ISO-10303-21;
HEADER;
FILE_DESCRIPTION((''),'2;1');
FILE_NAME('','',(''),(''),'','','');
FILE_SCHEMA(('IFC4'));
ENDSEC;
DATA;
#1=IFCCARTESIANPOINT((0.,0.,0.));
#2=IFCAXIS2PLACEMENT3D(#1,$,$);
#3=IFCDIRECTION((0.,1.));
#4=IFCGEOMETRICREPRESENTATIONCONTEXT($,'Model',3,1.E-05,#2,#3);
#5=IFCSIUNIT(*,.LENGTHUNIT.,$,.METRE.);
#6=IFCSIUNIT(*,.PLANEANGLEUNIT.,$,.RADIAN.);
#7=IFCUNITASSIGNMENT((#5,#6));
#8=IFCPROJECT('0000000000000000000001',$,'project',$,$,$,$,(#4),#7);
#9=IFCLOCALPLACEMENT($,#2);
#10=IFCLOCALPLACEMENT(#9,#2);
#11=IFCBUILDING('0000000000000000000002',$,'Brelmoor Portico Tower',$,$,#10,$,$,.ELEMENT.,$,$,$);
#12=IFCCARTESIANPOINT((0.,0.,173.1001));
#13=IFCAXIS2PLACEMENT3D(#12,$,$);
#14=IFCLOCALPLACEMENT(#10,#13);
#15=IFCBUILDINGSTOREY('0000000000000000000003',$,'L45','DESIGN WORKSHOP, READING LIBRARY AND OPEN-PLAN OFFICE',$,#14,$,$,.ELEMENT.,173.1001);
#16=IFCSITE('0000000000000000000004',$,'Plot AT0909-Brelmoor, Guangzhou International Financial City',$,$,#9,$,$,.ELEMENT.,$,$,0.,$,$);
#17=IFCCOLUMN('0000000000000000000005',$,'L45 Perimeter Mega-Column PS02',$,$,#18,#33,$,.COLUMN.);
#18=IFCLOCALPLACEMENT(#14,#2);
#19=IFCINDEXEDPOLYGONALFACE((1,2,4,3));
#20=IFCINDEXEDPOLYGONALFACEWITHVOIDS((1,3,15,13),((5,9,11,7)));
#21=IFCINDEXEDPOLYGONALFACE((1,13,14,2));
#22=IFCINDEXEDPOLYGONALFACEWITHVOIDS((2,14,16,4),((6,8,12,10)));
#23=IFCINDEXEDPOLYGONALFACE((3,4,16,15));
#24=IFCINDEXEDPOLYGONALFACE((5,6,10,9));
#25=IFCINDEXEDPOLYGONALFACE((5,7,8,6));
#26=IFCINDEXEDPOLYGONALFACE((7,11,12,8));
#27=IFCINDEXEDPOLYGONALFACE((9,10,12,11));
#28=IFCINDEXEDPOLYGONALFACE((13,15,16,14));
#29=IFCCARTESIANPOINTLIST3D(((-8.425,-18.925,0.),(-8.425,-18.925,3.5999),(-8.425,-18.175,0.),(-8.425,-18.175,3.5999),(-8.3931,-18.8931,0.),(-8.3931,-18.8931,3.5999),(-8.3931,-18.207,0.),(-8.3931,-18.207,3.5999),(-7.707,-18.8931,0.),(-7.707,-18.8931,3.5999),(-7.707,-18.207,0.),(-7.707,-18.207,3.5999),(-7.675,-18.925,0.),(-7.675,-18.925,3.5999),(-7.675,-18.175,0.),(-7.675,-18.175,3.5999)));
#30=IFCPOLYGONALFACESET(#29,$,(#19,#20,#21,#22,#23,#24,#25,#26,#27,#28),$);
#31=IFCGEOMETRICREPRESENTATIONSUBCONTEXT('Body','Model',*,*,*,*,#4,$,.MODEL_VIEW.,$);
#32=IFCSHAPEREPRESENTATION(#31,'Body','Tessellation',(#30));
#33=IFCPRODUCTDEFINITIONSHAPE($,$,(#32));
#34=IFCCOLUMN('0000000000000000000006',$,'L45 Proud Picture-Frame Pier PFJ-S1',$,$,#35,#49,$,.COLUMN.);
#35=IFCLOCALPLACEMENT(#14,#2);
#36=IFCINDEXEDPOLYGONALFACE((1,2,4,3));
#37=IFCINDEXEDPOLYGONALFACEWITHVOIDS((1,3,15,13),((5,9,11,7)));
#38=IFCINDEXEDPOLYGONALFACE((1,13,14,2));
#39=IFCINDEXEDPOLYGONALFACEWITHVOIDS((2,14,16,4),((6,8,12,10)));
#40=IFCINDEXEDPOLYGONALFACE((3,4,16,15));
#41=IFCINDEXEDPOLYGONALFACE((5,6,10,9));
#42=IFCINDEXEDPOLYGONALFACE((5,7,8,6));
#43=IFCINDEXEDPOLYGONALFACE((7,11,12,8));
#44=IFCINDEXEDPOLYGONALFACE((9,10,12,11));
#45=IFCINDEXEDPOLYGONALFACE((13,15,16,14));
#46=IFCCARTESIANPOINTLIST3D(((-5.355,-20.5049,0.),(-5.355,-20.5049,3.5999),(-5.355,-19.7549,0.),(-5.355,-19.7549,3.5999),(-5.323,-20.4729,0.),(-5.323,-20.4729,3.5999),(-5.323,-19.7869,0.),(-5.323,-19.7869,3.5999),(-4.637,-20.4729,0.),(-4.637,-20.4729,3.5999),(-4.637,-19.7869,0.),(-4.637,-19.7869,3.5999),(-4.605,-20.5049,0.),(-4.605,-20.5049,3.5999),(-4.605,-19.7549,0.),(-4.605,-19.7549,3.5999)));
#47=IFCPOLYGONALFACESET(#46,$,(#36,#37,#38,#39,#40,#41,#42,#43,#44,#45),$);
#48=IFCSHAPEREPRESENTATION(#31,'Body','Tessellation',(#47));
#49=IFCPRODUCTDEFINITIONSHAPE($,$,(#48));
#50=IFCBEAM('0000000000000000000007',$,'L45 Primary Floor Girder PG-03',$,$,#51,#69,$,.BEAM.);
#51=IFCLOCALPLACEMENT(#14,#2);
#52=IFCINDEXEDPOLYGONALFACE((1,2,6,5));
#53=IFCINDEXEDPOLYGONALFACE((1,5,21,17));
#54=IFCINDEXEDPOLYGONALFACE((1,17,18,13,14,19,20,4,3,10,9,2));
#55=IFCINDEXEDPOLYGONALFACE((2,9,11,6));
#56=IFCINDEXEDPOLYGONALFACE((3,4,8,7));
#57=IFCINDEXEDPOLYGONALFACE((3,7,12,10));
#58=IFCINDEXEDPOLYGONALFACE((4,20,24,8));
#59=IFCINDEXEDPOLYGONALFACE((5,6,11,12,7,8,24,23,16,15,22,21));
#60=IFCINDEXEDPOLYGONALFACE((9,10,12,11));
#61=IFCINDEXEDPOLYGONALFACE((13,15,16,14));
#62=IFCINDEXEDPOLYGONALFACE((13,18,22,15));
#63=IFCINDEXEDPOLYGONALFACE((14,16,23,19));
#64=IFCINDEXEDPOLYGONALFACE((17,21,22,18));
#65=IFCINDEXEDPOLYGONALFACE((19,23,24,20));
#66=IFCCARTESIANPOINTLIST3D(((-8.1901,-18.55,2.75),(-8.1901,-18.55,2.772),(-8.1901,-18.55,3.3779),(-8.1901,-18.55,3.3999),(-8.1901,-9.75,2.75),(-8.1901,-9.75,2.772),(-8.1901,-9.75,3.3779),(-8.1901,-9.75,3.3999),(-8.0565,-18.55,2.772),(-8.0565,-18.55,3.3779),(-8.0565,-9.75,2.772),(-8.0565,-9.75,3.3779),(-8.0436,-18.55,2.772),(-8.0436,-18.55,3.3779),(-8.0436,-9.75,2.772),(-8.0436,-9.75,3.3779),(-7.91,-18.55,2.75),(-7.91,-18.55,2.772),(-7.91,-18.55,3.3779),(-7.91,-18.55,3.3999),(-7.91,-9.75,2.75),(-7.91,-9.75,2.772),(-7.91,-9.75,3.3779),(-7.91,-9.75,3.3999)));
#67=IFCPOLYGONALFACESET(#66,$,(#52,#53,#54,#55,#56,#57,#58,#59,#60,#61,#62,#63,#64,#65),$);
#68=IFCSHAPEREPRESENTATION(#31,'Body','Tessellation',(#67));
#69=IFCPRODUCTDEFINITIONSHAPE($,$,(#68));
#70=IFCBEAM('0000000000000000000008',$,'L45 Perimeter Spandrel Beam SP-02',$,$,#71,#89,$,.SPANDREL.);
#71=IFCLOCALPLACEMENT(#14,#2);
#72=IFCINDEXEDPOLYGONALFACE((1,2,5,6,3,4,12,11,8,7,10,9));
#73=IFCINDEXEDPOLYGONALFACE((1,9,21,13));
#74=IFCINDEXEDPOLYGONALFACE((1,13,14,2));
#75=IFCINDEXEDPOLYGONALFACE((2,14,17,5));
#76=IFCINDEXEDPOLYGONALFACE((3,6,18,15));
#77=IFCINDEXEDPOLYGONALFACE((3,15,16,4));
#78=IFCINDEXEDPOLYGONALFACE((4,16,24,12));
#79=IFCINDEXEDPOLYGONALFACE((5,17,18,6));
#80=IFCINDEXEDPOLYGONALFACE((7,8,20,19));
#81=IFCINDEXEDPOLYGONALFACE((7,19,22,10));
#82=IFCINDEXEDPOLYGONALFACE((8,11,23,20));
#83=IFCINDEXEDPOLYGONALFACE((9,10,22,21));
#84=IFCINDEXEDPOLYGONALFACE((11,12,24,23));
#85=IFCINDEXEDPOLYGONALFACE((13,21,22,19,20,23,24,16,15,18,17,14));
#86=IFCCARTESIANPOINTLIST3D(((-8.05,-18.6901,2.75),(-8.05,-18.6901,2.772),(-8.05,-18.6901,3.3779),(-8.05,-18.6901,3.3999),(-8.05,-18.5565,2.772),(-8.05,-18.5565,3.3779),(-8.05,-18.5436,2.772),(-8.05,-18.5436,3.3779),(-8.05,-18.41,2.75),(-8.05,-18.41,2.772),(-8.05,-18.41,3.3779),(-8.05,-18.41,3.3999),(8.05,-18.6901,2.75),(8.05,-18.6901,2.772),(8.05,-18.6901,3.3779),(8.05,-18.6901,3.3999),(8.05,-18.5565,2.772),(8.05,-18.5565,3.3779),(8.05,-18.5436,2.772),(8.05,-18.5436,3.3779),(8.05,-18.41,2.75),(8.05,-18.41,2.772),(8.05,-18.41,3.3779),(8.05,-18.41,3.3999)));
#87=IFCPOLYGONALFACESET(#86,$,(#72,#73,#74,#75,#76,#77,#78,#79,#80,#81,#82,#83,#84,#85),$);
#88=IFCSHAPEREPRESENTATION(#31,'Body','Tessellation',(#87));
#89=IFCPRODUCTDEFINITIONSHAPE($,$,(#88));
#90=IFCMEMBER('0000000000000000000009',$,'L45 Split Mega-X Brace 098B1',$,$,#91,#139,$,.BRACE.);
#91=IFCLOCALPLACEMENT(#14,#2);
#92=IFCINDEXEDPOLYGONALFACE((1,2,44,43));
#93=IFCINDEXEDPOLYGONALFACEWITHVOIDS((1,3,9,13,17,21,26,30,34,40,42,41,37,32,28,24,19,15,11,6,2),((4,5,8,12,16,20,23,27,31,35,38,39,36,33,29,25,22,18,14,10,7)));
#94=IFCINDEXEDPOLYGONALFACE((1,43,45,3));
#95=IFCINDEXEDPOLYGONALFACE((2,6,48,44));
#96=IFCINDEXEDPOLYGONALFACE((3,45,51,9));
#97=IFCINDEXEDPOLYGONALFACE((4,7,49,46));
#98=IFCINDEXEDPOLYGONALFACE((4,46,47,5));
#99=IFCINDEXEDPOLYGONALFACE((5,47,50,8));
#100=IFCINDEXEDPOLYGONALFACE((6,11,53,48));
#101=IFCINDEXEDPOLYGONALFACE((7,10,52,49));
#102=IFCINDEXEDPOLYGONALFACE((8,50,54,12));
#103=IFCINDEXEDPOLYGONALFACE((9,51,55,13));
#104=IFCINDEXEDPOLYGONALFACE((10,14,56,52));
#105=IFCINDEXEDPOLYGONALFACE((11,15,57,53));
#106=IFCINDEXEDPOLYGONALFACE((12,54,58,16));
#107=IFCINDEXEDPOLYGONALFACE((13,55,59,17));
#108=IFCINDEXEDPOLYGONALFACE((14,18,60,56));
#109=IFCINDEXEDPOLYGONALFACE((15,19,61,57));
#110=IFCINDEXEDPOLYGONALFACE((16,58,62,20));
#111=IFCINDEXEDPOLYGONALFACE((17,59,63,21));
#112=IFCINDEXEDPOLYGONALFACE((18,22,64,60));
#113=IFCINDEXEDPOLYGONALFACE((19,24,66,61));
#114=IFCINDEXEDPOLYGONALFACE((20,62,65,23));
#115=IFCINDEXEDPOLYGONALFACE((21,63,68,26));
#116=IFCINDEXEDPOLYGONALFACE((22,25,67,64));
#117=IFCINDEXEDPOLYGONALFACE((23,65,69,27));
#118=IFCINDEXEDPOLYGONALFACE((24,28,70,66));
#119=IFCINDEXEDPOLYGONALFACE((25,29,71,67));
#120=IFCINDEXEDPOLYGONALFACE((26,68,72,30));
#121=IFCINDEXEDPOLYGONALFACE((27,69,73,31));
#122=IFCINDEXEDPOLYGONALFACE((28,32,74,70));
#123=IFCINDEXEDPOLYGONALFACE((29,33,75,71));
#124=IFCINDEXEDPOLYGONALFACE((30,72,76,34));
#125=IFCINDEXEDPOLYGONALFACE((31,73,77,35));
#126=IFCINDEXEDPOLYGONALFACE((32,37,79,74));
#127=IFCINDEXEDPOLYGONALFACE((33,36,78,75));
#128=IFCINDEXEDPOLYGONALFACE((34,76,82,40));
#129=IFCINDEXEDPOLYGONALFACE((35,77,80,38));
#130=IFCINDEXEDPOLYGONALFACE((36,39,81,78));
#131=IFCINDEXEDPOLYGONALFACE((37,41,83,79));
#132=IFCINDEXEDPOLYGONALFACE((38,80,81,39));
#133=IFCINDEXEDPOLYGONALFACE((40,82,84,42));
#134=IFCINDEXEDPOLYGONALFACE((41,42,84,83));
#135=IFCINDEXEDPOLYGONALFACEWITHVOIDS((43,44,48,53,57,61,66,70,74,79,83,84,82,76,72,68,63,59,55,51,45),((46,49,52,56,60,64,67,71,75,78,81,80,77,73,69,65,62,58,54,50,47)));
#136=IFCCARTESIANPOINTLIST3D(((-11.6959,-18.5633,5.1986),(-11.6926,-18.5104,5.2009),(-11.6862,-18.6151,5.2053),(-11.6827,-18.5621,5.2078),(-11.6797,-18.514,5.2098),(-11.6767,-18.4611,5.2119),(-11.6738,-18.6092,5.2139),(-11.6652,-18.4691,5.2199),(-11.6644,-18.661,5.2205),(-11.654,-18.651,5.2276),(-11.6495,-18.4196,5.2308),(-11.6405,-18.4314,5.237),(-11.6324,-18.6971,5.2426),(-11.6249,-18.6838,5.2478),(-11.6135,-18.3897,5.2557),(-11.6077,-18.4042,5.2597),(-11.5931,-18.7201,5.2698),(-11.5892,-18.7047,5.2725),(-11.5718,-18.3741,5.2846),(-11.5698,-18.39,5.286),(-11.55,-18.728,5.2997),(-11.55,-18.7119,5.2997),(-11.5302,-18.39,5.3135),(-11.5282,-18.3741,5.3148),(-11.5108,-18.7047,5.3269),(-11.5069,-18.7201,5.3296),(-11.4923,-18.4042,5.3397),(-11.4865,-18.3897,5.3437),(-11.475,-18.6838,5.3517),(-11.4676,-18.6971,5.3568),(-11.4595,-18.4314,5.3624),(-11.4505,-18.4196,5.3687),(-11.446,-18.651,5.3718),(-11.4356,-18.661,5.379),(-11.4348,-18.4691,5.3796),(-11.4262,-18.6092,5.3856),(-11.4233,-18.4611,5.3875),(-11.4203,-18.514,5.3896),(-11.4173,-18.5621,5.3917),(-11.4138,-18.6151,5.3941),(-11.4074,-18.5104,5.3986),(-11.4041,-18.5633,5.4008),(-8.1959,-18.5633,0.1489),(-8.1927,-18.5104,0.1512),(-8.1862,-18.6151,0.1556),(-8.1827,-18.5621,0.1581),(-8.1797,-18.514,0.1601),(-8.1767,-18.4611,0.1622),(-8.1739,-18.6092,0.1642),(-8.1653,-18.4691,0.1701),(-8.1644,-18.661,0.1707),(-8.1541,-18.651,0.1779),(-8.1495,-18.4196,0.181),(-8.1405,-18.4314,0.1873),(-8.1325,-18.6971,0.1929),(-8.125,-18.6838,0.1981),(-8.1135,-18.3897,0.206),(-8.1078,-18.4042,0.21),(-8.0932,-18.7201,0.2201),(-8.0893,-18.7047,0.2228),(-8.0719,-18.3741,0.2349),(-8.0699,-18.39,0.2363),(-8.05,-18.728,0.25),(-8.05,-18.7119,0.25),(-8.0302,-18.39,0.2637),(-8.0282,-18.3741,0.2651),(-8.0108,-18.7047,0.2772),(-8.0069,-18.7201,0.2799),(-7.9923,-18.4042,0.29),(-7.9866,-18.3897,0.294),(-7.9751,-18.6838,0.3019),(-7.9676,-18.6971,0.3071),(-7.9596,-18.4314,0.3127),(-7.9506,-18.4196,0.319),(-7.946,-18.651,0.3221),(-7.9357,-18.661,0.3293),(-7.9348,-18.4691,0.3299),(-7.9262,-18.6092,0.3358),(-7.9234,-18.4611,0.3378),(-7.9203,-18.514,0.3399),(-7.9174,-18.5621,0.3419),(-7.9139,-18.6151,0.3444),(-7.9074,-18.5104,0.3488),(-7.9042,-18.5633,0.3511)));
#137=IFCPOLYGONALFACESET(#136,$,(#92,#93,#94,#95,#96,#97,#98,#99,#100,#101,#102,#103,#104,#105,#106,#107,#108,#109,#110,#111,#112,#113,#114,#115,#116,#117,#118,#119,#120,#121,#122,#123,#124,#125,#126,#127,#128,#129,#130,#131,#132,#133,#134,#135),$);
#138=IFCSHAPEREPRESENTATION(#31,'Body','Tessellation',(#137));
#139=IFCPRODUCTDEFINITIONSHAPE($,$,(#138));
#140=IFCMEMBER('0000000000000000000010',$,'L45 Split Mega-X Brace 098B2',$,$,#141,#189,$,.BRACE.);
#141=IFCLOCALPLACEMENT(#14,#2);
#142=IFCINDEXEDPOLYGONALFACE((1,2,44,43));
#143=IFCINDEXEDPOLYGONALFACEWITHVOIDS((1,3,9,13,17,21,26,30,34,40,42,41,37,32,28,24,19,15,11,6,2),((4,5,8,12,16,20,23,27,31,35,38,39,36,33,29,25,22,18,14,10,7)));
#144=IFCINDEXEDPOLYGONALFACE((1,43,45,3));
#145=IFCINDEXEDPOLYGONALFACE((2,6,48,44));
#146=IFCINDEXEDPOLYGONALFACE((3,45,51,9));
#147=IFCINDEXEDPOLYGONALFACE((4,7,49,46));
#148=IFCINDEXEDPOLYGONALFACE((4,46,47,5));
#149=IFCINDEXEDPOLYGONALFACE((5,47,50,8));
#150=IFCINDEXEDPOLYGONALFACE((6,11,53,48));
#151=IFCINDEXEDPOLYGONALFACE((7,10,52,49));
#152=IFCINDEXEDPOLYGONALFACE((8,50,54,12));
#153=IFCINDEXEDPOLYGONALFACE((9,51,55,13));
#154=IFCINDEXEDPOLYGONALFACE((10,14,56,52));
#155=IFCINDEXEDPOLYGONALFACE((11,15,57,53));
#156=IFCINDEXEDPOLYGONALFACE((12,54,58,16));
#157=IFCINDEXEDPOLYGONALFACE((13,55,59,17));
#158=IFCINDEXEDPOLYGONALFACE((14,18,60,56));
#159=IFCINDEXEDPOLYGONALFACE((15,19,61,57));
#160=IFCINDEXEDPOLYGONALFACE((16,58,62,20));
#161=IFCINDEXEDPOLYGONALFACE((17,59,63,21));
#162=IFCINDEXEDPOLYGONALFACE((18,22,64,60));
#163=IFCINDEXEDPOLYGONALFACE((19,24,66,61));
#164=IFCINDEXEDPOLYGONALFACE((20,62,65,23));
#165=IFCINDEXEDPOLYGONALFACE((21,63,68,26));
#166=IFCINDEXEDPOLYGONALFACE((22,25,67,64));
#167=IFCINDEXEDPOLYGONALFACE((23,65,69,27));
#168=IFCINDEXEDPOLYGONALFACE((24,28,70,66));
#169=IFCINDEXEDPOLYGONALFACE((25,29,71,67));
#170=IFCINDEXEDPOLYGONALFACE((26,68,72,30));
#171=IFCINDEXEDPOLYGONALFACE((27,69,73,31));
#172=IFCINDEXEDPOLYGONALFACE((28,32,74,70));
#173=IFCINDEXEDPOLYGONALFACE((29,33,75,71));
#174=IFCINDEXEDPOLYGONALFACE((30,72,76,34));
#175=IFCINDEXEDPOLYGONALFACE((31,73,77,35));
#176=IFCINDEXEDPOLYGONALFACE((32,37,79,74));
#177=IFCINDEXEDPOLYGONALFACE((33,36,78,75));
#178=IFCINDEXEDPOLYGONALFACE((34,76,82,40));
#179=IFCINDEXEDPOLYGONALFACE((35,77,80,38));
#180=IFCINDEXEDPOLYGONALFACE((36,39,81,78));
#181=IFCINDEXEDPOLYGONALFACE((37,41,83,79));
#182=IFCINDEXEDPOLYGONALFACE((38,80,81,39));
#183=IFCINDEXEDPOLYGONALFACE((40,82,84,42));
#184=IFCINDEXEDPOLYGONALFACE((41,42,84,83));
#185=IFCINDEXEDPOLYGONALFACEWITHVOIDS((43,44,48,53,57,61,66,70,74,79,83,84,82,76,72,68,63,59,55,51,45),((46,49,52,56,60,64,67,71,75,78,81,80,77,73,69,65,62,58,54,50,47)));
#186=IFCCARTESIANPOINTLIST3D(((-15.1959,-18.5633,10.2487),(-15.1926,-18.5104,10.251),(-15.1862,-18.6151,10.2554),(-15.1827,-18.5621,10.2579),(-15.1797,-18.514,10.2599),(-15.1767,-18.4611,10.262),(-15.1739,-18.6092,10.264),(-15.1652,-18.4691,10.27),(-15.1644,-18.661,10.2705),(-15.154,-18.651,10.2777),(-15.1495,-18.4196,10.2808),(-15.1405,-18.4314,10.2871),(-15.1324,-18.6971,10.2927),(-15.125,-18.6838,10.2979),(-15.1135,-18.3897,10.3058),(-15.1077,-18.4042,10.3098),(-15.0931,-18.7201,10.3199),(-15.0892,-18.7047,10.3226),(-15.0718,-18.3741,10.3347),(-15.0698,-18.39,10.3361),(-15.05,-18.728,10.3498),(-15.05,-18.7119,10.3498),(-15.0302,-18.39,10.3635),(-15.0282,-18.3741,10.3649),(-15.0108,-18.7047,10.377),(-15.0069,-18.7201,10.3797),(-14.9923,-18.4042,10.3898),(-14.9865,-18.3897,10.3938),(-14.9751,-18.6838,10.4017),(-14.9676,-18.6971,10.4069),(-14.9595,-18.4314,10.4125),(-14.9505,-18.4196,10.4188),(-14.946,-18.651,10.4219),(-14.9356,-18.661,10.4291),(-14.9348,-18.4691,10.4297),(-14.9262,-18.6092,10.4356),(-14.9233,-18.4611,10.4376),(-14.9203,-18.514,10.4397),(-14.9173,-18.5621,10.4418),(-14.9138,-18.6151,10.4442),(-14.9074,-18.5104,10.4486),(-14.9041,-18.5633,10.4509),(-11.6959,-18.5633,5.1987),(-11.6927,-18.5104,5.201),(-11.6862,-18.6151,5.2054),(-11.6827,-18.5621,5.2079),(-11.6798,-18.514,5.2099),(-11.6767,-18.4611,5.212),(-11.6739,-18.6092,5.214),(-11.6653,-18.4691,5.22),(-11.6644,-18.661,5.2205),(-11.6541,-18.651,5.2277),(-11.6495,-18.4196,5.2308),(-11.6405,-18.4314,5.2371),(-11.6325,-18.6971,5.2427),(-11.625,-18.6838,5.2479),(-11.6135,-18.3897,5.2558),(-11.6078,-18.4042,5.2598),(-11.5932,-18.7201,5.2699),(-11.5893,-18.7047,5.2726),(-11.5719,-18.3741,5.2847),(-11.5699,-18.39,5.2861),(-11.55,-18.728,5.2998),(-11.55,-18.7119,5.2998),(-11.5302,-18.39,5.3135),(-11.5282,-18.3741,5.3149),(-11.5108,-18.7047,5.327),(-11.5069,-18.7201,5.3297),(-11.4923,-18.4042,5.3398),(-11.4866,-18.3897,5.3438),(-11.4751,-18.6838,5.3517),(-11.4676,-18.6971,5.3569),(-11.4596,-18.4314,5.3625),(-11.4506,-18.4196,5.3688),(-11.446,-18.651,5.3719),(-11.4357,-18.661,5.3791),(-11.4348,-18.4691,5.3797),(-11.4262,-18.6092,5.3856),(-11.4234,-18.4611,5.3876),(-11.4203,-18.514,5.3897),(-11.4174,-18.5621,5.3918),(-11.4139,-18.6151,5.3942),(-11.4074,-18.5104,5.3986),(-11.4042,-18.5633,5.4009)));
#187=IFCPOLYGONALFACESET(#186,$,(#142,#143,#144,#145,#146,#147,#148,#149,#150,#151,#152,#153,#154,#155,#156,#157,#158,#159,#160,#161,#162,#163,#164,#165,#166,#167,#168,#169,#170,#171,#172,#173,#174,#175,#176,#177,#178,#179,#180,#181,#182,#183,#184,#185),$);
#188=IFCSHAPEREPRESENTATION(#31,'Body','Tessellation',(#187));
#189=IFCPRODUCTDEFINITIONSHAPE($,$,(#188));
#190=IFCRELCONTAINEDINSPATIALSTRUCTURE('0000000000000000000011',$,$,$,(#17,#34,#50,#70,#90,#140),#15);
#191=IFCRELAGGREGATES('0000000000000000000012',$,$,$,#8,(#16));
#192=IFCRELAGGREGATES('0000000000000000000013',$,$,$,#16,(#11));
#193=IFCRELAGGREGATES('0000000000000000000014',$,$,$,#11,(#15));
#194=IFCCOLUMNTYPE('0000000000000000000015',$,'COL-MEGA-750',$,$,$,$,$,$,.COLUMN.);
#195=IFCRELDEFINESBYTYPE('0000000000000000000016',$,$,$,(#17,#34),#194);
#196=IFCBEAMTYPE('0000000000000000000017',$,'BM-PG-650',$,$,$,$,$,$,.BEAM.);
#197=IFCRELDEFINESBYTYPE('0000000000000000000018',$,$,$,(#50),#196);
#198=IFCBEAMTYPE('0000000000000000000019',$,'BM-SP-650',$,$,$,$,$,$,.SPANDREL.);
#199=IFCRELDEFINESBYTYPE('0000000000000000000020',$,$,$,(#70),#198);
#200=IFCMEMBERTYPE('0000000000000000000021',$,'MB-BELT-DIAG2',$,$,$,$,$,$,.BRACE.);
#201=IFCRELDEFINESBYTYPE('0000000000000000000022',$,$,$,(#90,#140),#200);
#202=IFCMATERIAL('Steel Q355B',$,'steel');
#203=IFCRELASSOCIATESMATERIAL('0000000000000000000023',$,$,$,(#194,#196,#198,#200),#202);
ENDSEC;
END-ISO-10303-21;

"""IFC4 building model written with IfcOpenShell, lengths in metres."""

from ifc_helpers import new_model, si_unit, direction, frame, origin, origin_2d, place, context, subcontext, project, spatial, hollow_rectangle, hollow_circle, i_section, extrude, material, material_profile, profile_set, type_object, element, save


model = new_model("IFC4")

# Units and contexts
model_context = context("Model", 3, precision=1e-05, world=origin(), true_north=direction((0.0, 1.0)))
body_context = subcontext(model_context, "Body", "Model", "MODEL_VIEW")
ifc_project = project(units=[si_unit("LENGTHUNIT", "METRE"), si_unit("PLANEANGLEUNIT", "RADIAN")], contexts=[model_context])

# Site, building, storey
site_placement = place(None, origin())
site = spatial("IfcSite", under=ifc_project, at=site_placement, Name="Plot AT0909-Brelmoor, Guangzhou International Financial City", CompositionType="ELEMENT", RefElevation=0.0)
building_placement = place(site_placement, origin())
building = spatial("IfcBuilding", under=site, at=building_placement, Name="Brelmoor Portico Tower", CompositionType="ELEMENT")
storey_placement = place(building_placement, frame((0.0, 0.0, 173.1001)))
storey = spatial("IfcBuildingStorey", under=building, at=storey_placement, Name="L45", Description="DESIGN WORKSHOP, READING LIBRARY AND OPEN-PLAN OFFICE", CompositionType="ELEMENT", Elevation=173.1001)

# Columns
ifc_material_1 = material(Name="Steel Q355B", Category="steel")
ifc_material_profile_1 = material_profile(ifc_material_1, hollow_rectangle(XDim=0.75, YDim=0.75, WallThickness=0.032, at=origin_2d()), Name="BOX 750x750x32")
ifc_profile_set_1 = profile_set([ifc_material_profile_1], Name="Steel Q355B")
column_type = type_object("IfcColumnType", Name="COL-MEGA-750", PredefinedType="COLUMN", material=ifc_profile_set_1)
for number, where, z_axis, x_axis, name in (
    (1, (-8.05, -18.55, 0.0), (0.0, 0.0, 1.0), (1.0, 0.0, 0.0), "L45 Perimeter Mega-Column PS02"),
    (2, (-4.98, -20.1299, 0.0), (0.0, 0.0, 1.0), (1.0, 0.0, 0.0), "L45 Proud Picture-Frame Pier PFJ-S1"),
):
    element("IfcColumn", number, at=place(storey_placement, frame(where, z_axis=z_axis, x_axis=x_axis)), inside=storey, type_object=column_type, Name=name, PredefinedType="COLUMN", context=body_context, shape_type="SweptSolid", body=[
        extrude(hollow_rectangle(XDim=0.75, YDim=0.75, WallThickness=0.032, at=origin_2d()), origin(), (0.0, 0.0, 1.0), 3.5999),
    ])

# Beams
ifc_material_profile_2 = material_profile(ifc_material_1, i_section(OverallWidth=0.28, OverallDepth=0.6499, WebThickness=0.0129, FlangeThickness=0.022, at=origin_2d()), Name="HN 650x280x13x22")
ifc_profile_set_2 = profile_set([ifc_material_profile_2], Name="Steel Q355B")
beam_type_1 = type_object("IfcBeamType", Name="BM-PG-650", PredefinedType="BEAM", material=ifc_profile_set_2)
beam_1_placement = place(storey_placement, frame((-8.05, -18.55, 3.075), z_axis=(0.0, 1.0, 0.0), x_axis=(-1.0, 0.0, 0.0)))
element("IfcBeam", 3, at=beam_1_placement, inside=storey, type_object=beam_type_1, Name="L45 Primary Floor Girder PG-03", PredefinedType="BEAM", context=body_context, shape_type="SweptSolid", body=[
    extrude(i_section(OverallWidth=0.28, OverallDepth=0.6499, WebThickness=0.0129, FlangeThickness=0.022, at=origin_2d()), origin(), (0.0, 0.0, 1.0), 8.8),
])
ifc_material_profile_3 = material_profile(ifc_material_1, i_section(OverallWidth=0.28, OverallDepth=0.6499, WebThickness=0.0129, FlangeThickness=0.022, at=origin_2d()), Name="HN 650x280x13x22")
ifc_profile_set_3 = profile_set([ifc_material_profile_3], Name="Steel Q355B")
beam_type_2 = type_object("IfcBeamType", Name="BM-SP-650", PredefinedType="SPANDREL", material=ifc_profile_set_3)
beam_2_placement = place(storey_placement, frame((-8.05, -18.55, 3.075), z_axis=(1.0, 0.0, 0.0), x_axis=(0.0, 1.0, 0.0)))
element("IfcBeam", 4, at=beam_2_placement, inside=storey, type_object=beam_type_2, Name="L45 Perimeter Spandrel Beam SP-02", PredefinedType="SPANDREL", context=body_context, shape_type="SweptSolid", body=[
    extrude(i_section(OverallWidth=0.28, OverallDepth=0.6499, WebThickness=0.0129, FlangeThickness=0.022, at=origin_2d()), origin(), (0.0, 0.0, 1.0), 16.1001),
])

# Members
ifc_material_profile_4 = material_profile(ifc_material_1, hollow_circle(Radius=0.178, WallThickness=0.0161, at=origin_2d()), Name="CHS 356x16")
ifc_profile_set_4 = profile_set([ifc_material_profile_4], Name="Steel Q355B")
member_type_1 = type_object("IfcMemberType", Name="MB-BELT-DIAG2", PredefinedType="BRACE", material=ifc_profile_set_4)
member_1_placement = place(storey_placement, frame((-8.05, -18.55, 0.25), z_axis=(-0.569648, 0.0, 0.821889), x_axis=(0.0, -1.0, 0.0)))
element("IfcMember", 5, at=member_1_placement, inside=storey, type_object=member_type_1, Name="L45 Split Mega-X Brace 098B1", PredefinedType="BRACE", context=body_context, shape_type="SweptSolid", body=[
    extrude(hollow_circle(Radius=0.178, WallThickness=0.0161, at=origin_2d()), origin(), (0.0, 0.0, 1.0), 6.144),
])
member_2_placement = place(storey_placement, frame((-11.55, -18.55, 5.2998), z_axis=(-0.569629, 0.0, 0.821902), x_axis=(0.0, -1.0, 0.0)))
element("IfcMember", 6, at=member_2_placement, inside=storey, type_object=member_type_1, Name="L45 Split Mega-X Brace 098B2", PredefinedType="BRACE", context=body_context, shape_type="SweptSolid", body=[
    extrude(hollow_circle(Radius=0.178, WallThickness=0.0161, at=origin_2d()), origin(), (0.0, 0.0, 1.0), 6.1443),
])

save(model, "model.ifc")
